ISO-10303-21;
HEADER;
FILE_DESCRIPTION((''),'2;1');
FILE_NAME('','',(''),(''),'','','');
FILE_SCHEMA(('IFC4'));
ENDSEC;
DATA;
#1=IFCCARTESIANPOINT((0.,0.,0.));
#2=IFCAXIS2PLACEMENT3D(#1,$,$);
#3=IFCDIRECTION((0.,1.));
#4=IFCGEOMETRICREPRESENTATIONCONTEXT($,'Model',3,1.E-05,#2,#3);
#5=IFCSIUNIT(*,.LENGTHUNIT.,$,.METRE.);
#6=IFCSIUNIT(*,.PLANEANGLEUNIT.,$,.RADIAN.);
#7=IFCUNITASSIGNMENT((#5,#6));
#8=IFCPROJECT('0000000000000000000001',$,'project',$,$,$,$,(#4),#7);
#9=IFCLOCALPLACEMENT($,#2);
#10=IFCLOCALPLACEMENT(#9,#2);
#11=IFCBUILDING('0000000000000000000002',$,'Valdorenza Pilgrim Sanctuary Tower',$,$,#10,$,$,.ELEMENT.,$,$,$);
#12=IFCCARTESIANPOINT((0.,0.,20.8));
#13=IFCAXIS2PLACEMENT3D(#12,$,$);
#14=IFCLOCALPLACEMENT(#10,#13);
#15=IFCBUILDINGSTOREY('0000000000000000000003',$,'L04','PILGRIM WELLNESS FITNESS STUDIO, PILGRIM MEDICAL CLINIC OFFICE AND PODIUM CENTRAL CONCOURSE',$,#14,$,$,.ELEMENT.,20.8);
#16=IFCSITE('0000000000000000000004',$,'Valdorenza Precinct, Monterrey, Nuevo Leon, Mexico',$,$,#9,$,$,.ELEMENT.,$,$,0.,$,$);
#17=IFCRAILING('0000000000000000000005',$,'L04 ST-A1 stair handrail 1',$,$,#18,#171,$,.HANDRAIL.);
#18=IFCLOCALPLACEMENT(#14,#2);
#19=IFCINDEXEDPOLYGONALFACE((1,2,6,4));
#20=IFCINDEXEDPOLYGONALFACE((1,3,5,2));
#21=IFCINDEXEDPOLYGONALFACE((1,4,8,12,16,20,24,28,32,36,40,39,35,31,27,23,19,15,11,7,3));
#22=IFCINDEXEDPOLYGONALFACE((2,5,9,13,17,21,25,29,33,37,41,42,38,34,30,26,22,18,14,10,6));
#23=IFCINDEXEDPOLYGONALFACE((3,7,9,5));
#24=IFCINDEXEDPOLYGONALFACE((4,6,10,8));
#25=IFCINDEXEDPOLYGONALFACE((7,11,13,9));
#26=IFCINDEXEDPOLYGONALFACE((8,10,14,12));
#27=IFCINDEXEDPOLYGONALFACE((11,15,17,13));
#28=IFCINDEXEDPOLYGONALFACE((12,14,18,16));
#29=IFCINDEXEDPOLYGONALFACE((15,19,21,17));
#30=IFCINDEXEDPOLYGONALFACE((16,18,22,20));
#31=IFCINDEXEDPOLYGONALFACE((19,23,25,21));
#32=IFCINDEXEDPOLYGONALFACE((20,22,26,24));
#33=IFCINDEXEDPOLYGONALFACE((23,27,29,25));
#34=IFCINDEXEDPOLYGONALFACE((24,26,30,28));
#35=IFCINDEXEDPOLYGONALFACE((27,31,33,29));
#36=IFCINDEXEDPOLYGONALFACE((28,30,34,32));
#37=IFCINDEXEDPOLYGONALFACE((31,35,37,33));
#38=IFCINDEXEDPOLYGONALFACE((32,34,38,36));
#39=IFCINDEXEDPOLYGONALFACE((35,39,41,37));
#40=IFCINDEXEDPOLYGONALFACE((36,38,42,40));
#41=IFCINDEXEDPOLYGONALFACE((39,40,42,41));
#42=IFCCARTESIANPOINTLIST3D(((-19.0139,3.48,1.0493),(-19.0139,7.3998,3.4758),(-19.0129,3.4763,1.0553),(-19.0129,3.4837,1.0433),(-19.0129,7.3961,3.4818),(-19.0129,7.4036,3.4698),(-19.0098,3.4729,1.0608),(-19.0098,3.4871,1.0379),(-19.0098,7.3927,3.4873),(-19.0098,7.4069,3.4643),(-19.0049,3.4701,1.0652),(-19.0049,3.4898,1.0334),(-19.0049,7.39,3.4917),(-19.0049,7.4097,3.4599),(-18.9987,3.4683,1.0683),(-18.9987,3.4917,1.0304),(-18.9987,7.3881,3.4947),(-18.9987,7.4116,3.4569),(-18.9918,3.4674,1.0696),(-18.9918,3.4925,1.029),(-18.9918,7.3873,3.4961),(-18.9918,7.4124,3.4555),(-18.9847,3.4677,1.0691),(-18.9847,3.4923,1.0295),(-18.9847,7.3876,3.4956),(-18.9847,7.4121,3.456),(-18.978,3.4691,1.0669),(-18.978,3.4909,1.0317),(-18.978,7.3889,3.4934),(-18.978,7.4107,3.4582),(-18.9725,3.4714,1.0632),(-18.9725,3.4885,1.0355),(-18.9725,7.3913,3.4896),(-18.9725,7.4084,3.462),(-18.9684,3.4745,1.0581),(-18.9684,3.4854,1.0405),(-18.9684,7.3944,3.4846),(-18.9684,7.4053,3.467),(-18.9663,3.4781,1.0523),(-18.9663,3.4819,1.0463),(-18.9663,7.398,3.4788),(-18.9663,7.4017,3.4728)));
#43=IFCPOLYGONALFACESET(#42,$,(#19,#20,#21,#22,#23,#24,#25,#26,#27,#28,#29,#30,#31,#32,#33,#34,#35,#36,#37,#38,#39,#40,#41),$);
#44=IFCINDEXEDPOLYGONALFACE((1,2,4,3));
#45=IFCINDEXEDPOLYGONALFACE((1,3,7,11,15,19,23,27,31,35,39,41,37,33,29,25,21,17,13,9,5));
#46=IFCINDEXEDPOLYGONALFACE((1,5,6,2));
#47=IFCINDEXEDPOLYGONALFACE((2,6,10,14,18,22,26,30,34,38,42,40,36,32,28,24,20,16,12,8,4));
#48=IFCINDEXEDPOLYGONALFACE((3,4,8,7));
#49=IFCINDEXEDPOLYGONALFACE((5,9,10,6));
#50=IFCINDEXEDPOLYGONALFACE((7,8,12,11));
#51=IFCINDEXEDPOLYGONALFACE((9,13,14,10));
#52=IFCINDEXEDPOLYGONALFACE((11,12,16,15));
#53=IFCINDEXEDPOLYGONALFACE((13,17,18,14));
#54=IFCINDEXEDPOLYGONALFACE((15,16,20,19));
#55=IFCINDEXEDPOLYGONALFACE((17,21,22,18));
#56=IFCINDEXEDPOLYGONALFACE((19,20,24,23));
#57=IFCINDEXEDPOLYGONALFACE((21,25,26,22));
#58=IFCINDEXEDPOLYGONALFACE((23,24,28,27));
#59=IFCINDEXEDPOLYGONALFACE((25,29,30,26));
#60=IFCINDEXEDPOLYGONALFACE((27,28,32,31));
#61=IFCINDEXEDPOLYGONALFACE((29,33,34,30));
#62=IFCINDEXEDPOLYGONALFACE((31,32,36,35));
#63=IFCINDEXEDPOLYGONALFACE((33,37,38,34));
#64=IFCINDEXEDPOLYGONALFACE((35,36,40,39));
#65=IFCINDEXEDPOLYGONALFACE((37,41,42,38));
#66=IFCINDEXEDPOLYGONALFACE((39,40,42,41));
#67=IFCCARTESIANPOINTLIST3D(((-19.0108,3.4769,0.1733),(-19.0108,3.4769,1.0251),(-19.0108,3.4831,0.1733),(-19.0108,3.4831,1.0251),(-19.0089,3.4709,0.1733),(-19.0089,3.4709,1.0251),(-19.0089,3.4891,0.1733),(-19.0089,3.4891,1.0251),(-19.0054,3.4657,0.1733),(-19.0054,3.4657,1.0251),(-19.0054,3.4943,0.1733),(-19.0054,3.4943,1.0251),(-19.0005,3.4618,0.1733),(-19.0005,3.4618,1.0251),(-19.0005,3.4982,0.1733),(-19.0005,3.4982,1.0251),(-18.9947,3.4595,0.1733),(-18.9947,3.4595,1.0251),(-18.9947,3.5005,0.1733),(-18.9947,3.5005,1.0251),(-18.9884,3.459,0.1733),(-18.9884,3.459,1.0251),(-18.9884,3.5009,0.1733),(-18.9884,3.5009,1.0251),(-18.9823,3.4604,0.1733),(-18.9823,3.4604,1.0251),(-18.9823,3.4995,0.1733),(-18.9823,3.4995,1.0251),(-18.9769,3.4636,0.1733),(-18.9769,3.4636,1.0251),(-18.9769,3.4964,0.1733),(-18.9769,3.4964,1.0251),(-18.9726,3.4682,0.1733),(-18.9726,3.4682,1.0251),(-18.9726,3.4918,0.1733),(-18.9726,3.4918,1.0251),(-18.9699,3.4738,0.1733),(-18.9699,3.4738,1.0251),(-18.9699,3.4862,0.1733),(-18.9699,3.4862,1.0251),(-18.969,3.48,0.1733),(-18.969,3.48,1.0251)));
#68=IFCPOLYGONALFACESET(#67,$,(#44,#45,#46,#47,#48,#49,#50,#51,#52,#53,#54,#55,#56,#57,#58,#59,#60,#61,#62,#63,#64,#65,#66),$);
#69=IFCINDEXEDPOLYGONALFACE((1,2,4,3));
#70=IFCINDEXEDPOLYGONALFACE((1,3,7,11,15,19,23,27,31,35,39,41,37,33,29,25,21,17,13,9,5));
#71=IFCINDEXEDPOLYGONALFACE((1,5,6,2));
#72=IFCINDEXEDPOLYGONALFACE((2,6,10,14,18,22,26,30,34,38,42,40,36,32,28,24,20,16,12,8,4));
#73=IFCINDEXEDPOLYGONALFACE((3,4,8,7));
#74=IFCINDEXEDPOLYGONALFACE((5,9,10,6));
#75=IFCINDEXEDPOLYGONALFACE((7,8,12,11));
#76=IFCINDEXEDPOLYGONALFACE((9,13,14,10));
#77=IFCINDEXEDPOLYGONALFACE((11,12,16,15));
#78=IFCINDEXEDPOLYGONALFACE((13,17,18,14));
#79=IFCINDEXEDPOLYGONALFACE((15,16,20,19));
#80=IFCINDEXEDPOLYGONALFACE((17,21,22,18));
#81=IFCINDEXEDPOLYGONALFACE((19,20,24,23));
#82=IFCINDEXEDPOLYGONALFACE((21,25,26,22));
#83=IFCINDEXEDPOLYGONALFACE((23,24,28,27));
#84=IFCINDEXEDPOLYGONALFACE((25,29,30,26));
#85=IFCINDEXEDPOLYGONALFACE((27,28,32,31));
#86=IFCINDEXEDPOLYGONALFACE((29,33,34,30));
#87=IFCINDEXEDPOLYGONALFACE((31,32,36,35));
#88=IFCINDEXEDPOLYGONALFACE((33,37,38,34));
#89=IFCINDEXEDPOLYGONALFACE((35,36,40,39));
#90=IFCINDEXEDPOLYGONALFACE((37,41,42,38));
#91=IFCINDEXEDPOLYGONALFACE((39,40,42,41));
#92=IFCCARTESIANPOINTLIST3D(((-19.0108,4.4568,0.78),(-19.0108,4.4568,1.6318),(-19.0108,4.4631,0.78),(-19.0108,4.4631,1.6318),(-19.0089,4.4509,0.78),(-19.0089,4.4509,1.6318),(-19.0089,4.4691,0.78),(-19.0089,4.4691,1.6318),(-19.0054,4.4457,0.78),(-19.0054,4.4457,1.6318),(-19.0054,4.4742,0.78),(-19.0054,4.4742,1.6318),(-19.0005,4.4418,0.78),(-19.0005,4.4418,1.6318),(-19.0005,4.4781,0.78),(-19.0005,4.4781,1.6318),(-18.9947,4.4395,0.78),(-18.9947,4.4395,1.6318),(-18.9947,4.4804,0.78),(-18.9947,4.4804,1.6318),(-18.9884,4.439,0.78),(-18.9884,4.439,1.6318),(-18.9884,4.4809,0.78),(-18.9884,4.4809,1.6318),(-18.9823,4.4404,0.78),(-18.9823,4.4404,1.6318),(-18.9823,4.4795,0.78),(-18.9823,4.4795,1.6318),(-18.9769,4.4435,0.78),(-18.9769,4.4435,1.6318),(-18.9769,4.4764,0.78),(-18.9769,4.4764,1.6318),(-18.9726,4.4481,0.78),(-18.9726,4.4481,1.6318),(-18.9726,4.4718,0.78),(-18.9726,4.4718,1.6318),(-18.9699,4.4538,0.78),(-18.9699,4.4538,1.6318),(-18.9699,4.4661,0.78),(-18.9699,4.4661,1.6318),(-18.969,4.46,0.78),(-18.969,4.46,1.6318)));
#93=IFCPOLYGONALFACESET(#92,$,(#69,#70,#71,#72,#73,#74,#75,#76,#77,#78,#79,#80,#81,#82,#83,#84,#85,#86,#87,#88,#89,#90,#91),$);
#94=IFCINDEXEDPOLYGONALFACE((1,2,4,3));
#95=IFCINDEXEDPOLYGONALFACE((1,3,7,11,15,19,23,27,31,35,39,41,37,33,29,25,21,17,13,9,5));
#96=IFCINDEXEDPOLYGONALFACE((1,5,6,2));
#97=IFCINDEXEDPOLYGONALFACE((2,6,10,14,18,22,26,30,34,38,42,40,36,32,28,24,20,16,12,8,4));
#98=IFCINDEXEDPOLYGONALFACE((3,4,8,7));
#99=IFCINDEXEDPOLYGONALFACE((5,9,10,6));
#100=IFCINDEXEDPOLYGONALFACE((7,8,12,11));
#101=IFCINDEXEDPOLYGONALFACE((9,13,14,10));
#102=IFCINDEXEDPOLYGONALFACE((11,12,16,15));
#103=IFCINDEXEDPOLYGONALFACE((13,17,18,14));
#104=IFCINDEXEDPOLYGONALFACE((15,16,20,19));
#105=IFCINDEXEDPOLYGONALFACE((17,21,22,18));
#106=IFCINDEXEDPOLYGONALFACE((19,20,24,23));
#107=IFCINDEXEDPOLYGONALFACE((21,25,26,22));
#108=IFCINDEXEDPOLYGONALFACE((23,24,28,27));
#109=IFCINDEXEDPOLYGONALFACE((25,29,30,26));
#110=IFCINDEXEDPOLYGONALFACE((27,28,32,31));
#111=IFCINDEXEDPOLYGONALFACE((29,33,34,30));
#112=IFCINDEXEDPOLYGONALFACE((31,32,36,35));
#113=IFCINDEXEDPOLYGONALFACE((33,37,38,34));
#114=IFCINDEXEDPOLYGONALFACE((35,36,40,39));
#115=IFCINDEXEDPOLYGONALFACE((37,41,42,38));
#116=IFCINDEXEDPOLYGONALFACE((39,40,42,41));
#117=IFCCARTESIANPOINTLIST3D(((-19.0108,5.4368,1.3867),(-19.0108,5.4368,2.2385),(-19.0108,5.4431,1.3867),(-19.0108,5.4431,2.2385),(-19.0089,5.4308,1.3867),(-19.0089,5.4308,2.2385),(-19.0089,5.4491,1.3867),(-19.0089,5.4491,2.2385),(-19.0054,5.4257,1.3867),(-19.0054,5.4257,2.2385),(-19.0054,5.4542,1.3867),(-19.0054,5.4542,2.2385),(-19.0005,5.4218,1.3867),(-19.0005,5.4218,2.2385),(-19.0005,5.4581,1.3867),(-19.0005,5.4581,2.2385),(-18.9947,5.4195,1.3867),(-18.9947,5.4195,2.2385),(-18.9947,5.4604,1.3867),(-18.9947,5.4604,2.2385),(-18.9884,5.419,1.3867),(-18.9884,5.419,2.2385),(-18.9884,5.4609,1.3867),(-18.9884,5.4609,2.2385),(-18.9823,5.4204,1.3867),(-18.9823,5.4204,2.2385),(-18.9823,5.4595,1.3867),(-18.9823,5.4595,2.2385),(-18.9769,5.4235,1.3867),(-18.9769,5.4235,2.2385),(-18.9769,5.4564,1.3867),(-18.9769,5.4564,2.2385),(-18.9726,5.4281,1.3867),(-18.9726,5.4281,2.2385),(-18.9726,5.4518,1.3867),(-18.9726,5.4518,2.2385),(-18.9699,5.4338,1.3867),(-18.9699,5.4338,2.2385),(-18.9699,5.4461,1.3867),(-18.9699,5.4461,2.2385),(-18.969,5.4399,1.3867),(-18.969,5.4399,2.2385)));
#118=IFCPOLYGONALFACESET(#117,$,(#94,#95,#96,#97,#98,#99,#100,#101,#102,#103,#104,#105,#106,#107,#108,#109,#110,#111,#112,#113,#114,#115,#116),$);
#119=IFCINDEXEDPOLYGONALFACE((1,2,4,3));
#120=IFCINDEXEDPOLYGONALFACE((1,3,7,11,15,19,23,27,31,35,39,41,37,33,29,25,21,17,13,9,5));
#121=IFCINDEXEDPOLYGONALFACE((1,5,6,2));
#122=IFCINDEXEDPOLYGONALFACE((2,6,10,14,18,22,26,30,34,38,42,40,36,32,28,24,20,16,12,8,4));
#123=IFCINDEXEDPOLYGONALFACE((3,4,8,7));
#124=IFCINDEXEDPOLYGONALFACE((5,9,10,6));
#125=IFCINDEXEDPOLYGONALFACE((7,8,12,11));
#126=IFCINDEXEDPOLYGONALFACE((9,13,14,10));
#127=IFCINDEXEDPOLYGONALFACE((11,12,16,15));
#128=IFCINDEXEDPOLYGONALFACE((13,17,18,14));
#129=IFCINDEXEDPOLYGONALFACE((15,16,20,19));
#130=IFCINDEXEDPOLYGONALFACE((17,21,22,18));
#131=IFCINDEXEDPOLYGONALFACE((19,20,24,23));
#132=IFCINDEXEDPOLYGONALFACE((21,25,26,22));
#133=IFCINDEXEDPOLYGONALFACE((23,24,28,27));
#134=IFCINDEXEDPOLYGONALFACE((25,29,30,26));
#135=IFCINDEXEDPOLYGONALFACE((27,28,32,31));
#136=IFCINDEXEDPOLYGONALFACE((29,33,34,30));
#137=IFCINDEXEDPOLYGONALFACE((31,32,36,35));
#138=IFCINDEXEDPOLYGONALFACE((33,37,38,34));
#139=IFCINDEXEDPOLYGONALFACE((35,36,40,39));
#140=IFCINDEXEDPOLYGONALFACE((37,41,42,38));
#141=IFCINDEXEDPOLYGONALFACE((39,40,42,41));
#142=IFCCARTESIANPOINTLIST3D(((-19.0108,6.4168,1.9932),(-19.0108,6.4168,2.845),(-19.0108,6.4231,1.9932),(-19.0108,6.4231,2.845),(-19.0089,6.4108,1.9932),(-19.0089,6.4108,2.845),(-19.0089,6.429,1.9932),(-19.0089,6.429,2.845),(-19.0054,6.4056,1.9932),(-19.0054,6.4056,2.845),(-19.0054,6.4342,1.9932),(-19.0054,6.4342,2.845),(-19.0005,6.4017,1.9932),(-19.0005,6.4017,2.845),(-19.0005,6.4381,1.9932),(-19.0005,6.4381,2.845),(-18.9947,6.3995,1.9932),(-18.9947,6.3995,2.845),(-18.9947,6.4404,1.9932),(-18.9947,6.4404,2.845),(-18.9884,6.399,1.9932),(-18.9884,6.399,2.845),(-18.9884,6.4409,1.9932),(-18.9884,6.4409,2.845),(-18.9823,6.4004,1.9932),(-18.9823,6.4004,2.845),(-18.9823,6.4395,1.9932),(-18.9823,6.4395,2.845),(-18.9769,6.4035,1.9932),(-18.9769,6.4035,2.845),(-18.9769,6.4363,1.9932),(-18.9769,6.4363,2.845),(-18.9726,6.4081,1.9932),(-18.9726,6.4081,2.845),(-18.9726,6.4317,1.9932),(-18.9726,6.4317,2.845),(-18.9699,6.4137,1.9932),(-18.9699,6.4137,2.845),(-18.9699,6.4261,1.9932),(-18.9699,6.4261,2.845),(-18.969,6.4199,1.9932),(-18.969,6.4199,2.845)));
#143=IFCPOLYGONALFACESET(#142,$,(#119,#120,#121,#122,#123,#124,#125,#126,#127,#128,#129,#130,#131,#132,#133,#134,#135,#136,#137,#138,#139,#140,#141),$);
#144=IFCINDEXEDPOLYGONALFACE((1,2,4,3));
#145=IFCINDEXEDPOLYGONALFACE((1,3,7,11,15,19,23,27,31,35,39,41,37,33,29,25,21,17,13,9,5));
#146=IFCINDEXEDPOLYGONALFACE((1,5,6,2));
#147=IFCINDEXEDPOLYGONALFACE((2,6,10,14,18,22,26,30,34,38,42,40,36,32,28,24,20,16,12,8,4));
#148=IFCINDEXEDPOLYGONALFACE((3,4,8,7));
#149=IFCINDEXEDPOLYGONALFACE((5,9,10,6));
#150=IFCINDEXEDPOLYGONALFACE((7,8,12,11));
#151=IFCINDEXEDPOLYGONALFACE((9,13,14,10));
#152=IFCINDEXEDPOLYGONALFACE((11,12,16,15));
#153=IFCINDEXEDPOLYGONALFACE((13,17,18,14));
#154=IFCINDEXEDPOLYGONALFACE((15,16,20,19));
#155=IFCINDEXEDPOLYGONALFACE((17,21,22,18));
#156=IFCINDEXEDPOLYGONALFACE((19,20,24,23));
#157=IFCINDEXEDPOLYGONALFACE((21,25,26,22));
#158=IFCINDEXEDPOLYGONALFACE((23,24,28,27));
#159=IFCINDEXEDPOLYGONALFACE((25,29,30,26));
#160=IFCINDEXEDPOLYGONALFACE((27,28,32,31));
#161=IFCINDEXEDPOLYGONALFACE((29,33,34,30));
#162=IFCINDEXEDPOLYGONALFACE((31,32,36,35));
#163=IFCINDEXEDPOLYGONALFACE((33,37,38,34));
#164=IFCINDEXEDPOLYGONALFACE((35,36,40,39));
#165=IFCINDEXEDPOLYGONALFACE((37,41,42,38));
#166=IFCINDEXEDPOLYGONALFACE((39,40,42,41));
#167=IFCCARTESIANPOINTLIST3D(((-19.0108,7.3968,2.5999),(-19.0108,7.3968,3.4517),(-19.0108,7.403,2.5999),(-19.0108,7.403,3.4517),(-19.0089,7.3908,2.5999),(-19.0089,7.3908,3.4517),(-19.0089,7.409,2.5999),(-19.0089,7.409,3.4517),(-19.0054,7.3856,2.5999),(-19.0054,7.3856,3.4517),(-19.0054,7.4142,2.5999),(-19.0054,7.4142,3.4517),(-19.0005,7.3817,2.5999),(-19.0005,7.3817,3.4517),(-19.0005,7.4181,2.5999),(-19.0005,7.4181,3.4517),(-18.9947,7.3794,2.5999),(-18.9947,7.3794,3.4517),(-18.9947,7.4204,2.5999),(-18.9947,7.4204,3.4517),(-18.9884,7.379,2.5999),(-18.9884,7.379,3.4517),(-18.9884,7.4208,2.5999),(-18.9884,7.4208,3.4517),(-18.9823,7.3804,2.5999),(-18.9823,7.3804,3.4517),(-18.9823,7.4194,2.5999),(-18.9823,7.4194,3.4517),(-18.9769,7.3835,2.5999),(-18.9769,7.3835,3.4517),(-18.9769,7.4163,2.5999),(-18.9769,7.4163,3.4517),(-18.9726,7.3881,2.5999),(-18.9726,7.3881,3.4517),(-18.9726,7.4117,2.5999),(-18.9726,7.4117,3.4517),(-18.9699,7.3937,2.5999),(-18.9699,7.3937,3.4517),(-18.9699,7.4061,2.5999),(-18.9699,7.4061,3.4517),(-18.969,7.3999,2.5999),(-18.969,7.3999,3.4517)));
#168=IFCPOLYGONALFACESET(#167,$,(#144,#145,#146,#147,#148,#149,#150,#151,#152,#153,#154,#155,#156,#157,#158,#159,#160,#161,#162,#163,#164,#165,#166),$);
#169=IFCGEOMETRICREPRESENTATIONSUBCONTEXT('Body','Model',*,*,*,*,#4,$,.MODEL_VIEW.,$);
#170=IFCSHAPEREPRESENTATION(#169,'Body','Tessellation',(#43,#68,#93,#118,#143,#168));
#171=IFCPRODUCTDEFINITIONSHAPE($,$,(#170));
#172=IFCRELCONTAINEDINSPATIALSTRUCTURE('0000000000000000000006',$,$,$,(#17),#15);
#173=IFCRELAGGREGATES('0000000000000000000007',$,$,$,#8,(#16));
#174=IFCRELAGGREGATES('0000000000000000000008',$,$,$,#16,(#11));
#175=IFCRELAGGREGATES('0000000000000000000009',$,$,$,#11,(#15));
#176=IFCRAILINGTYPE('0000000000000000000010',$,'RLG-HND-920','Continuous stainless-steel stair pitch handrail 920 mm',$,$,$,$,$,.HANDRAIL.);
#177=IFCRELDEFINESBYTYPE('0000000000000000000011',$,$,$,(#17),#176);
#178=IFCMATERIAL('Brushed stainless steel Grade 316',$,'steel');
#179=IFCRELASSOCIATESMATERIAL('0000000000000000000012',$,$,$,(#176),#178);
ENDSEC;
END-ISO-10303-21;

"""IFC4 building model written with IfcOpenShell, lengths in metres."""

from ifc_helpers import new_model, si_unit, direction, frame, origin, origin_2d, place, context, subcontext, project, spatial, circle, extrude, material, type_object, element, save


model = new_model("IFC4")

# Units and contexts
model_context = context("Model", 3, precision=1e-05, world=origin(), true_north=direction((0.0, 1.0)))
body_context = subcontext(model_context, "Body", "Model", "MODEL_VIEW")
ifc_project = project(units=[si_unit("LENGTHUNIT", "METRE"), si_unit("PLANEANGLEUNIT", "RADIAN")], contexts=[model_context])

# Site, building, storey
site_placement = place(None, origin())
site = spatial("IfcSite", under=ifc_project, at=site_placement, Name="Valdorenza Precinct, Monterrey, Nuevo Leon, Mexico", CompositionType="ELEMENT", RefElevation=0.0)
building_placement = place(site_placement, origin())
building = spatial("IfcBuilding", under=site, at=building_placement, Name="Valdorenza Pilgrim Sanctuary Tower", CompositionType="ELEMENT")
storey_placement = place(building_placement, frame((0.0, 0.0, 20.8)))
storey = spatial("IfcBuildingStorey", under=building, at=storey_placement, Name="L04", Description="PILGRIM WELLNESS FITNESS STUDIO, PILGRIM MEDICAL CLINIC OFFICE AND PODIUM CENTRAL CONCOURSE", CompositionType="ELEMENT", Elevation=20.8)

# Railing
ifc_material_1 = material(Name="Brushed stainless steel Grade 316", Category="steel")
railing_type_1 = type_object("IfcRailingType", Name="RLG-HND-920", Description="Continuous stainless-steel stair pitch handrail 920 mm", PredefinedType="HANDRAIL", material=ifc_material_1)
railing_1_placement = place(storey_placement, frame((-18.99, 3.48, 0.1733)))
element("IfcRailing", 1, at=railing_1_placement, inside=storey, type_object=railing_type_1, Name="L04 ST-A1 stair handrail 1", PredefinedType="HANDRAIL", context=body_context, shape_type="SweptSolid", body=[
    extrude(circle(Radius=0.0239, at=origin_2d()), frame((0.0, 0.0, 0.876), z_axis=(0.0, 0.850275, 0.526338), x_axis=(-1.0, 0.0, 0.0)), (0.0, 0.0, 1.0), 4.6101),
    extrude(circle(Radius=0.021, at=origin_2d()), origin(), (0.0, 0.0, 1.0), 0.8518),
    extrude(circle(Radius=0.021, at=origin_2d()), frame((0.0, 0.98, 0.6067)), (0.0, 0.0, 1.0), 0.8518),
    extrude(circle(Radius=0.021, at=origin_2d()), frame((0.0, 1.96, 1.2134)), (0.0, 0.0, 1.0), 0.8518),
    extrude(circle(Radius=0.021, at=origin_2d()), frame((0.0, 2.9399, 1.8198)), (0.0, 0.0, 1.0), 0.8518),
    extrude(circle(Radius=0.021, at=origin_2d()), frame((0.0, 3.9199, 2.4265)), (0.0, 0.0, 1.0), 0.8518),
])

save(model, "model.ifc")
